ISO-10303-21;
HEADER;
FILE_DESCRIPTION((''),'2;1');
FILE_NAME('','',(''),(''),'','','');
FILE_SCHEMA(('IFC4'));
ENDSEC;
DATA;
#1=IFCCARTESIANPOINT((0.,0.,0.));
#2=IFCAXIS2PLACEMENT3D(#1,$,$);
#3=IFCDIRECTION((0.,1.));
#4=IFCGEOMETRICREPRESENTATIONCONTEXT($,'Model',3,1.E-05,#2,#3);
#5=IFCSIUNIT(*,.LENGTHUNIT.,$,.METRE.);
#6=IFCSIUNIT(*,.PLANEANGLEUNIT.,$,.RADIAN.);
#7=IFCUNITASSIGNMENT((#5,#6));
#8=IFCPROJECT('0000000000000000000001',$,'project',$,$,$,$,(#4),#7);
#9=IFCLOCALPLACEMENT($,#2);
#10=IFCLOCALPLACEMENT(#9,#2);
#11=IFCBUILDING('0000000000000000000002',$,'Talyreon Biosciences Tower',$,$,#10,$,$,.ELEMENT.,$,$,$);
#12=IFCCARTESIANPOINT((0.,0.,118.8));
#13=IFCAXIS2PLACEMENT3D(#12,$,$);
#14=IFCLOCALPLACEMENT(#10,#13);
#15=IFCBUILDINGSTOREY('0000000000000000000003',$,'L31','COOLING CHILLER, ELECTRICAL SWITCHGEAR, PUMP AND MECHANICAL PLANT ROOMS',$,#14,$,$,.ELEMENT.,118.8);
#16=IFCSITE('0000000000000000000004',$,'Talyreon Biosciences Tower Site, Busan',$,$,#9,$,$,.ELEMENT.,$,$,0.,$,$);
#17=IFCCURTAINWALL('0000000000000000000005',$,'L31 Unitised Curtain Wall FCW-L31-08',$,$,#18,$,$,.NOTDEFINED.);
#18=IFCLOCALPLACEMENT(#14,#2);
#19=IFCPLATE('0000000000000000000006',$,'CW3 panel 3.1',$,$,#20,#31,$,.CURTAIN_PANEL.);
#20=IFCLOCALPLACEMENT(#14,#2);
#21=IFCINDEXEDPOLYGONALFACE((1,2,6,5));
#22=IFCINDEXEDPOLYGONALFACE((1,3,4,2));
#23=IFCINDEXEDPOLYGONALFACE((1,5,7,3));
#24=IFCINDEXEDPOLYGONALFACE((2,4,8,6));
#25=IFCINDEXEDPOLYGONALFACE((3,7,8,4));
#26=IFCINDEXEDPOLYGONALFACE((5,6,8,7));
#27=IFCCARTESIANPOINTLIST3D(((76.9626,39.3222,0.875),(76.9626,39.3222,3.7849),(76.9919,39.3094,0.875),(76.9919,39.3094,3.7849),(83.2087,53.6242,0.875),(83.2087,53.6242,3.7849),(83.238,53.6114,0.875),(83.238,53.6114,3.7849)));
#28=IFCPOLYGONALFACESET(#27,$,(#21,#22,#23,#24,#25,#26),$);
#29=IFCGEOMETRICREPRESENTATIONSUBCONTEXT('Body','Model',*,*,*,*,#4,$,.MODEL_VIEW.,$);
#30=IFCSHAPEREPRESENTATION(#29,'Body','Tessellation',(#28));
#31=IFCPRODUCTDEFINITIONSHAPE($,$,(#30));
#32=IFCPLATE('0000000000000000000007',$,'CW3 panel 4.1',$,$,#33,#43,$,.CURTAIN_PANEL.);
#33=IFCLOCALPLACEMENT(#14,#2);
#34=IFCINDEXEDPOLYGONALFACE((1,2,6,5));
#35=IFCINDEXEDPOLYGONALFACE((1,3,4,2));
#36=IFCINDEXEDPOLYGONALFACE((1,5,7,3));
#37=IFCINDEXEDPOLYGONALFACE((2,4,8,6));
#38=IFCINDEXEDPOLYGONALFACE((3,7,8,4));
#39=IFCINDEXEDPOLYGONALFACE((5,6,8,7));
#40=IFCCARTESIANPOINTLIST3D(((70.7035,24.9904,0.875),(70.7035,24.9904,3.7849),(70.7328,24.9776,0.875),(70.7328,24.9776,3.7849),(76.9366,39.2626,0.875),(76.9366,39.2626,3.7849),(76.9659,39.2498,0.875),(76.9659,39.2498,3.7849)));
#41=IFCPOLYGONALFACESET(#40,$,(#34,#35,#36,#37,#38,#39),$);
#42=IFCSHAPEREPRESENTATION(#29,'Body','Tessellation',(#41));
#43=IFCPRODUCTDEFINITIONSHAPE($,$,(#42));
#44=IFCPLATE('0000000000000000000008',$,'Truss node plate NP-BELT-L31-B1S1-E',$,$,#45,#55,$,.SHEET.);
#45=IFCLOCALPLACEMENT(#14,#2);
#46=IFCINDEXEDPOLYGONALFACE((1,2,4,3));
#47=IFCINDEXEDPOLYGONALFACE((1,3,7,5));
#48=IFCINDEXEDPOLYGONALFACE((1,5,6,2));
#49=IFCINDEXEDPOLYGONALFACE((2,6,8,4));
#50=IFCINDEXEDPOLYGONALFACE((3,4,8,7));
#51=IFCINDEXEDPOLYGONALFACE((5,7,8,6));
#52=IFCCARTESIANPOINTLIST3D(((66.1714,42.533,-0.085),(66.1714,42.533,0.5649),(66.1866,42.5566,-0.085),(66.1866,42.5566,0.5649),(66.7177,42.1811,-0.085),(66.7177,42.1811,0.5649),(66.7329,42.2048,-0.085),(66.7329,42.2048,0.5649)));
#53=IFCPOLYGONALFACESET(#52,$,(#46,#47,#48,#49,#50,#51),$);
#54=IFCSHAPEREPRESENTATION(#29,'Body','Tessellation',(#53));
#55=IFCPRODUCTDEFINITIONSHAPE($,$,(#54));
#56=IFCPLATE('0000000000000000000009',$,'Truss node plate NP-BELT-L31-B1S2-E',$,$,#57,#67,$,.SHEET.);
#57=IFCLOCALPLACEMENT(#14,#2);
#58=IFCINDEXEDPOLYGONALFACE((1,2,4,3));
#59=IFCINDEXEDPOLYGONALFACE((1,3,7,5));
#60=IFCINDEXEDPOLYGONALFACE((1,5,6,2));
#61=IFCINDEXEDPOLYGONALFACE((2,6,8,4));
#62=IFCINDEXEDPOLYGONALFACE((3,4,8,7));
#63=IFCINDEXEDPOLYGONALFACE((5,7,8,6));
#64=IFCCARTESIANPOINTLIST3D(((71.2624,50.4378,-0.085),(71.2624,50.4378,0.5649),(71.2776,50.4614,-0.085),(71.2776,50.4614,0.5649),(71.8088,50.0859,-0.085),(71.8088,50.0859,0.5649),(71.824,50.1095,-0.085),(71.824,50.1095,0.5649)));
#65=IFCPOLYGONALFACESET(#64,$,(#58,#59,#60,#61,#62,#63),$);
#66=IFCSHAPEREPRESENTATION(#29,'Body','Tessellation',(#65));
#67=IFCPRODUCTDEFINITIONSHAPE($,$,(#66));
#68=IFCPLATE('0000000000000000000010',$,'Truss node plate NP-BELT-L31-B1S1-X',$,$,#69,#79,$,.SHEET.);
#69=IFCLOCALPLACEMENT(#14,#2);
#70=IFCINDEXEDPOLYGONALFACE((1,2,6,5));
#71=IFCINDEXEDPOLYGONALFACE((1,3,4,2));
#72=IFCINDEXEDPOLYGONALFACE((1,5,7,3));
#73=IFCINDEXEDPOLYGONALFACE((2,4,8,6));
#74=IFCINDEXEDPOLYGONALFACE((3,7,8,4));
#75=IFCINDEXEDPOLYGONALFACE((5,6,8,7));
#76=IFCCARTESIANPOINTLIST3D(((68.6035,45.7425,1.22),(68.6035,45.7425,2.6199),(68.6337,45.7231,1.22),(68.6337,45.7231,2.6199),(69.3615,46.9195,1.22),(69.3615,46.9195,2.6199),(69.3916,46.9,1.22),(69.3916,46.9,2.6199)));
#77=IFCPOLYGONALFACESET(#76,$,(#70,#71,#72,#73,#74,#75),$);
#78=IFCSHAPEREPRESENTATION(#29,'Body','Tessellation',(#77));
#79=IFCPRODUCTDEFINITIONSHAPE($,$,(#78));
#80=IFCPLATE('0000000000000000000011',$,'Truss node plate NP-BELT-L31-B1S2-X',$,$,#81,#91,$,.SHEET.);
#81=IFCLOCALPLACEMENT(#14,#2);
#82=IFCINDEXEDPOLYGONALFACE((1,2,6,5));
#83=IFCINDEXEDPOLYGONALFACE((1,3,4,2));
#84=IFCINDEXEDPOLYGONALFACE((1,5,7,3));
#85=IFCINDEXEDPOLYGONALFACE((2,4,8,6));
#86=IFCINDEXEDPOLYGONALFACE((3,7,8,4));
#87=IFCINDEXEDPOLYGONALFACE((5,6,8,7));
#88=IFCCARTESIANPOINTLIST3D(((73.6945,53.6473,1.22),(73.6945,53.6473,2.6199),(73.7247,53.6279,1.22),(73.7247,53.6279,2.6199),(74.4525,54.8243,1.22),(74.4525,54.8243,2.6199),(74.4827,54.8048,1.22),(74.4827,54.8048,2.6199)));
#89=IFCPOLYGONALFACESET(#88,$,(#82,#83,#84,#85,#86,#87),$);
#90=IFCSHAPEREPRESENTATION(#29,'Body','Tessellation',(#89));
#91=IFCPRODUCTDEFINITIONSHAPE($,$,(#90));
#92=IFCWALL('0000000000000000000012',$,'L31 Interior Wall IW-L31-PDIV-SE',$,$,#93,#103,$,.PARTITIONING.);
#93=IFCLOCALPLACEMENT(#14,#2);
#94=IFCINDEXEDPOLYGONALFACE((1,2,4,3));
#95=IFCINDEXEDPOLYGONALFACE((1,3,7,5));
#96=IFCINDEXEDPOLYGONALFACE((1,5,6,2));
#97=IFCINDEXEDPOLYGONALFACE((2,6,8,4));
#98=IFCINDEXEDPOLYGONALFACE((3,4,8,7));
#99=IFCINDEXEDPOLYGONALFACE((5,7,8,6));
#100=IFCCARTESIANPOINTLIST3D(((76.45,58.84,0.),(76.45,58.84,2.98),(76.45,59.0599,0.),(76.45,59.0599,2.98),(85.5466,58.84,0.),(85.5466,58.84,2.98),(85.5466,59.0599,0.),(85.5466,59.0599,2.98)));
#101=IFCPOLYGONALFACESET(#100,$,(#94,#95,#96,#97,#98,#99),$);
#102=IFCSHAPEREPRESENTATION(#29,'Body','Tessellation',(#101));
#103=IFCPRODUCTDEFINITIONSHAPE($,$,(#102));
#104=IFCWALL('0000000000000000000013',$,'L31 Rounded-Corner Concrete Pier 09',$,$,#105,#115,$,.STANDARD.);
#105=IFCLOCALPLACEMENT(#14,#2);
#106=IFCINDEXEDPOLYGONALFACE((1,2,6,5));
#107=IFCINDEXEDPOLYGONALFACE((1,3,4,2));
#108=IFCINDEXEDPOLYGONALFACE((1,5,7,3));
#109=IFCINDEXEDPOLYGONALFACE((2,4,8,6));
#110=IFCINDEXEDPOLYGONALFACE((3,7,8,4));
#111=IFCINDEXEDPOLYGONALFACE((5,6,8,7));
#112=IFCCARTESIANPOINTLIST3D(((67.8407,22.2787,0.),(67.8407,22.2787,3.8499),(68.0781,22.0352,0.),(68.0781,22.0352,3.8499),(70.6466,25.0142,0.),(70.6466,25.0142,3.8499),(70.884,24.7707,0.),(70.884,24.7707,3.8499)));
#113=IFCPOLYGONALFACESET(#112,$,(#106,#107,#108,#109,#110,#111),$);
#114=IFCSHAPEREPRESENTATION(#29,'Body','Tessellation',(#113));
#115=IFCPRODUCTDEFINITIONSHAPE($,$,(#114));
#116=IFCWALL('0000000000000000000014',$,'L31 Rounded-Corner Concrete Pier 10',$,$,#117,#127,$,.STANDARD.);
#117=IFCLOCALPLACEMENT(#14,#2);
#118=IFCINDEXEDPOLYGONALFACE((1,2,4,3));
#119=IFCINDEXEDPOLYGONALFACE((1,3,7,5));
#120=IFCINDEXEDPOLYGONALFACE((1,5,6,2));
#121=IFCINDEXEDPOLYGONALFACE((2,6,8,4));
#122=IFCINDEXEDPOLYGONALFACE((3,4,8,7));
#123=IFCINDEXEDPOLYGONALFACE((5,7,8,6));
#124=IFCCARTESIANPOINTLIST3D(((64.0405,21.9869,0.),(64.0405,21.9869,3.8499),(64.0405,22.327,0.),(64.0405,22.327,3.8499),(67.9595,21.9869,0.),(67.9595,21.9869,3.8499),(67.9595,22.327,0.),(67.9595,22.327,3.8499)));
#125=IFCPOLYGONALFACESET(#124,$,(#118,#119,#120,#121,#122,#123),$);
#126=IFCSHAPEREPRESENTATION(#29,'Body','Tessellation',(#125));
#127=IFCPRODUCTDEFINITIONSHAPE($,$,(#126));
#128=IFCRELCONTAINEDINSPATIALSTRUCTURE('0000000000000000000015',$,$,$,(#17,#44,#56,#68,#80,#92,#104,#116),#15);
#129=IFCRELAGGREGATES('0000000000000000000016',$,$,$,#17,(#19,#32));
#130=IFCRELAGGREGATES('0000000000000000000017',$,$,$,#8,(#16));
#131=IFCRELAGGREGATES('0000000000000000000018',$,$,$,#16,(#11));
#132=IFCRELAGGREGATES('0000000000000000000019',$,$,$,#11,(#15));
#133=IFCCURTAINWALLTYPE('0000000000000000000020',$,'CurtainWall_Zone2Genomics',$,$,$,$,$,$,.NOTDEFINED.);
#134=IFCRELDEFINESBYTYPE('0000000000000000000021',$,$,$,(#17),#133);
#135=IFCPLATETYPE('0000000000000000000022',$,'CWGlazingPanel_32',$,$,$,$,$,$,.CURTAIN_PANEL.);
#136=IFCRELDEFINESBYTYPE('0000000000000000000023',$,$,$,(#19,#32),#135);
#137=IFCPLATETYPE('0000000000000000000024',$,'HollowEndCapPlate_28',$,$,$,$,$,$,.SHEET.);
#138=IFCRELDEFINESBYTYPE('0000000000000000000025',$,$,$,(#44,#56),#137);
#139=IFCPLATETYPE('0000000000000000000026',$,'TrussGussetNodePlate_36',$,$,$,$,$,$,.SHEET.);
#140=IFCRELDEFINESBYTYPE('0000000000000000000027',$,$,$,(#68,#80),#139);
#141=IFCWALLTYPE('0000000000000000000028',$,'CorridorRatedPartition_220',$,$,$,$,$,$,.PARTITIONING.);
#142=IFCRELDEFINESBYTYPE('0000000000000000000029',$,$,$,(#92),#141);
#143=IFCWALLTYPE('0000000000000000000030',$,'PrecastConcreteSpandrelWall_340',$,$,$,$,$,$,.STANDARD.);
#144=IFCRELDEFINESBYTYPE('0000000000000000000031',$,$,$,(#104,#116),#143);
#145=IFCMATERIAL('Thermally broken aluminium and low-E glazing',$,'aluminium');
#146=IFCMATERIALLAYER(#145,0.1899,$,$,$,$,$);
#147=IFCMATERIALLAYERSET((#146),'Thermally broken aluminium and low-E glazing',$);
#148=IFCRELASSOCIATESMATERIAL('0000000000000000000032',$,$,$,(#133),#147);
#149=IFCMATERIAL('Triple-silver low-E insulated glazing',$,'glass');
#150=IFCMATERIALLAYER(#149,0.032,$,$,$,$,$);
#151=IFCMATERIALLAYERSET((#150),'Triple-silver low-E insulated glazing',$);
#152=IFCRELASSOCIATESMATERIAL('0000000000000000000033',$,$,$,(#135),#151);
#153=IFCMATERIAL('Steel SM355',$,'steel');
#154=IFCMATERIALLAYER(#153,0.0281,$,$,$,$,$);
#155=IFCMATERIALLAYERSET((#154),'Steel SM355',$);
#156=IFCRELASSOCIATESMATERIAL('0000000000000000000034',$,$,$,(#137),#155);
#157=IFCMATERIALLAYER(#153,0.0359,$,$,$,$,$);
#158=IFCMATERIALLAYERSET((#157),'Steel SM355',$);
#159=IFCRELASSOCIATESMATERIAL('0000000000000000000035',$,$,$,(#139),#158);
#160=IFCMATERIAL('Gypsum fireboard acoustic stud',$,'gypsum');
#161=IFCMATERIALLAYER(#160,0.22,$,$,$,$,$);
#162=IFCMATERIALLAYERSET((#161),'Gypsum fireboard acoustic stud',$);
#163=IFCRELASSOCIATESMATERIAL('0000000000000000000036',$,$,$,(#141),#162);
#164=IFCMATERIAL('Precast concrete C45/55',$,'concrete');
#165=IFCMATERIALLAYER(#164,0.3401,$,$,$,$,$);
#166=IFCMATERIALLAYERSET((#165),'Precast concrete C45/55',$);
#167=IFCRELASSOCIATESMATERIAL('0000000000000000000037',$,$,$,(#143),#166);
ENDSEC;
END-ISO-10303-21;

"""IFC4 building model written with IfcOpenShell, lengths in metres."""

from ifc_helpers import new_model, si_unit, direction, frame, frame_2d, origin, origin_2d, place, context, subcontext, project, spatial, rectangle, extrude, material, layer, layer_set, type_object, element, aggregate, save


model = new_model("IFC4")

# Units and contexts
model_context = context("Model", 3, precision=1e-05, world=origin(), true_north=direction((0.0, 1.0)))
body_context = subcontext(model_context, "Body", "Model", "MODEL_VIEW")
ifc_project = project(units=[si_unit("LENGTHUNIT", "METRE"), si_unit("PLANEANGLEUNIT", "RADIAN")], contexts=[model_context])

# Site, building, storey
site_placement = place(None, origin())
site = spatial("IfcSite", under=ifc_project, at=site_placement, Name="Talyreon Biosciences Tower Site, Busan", CompositionType="ELEMENT", RefElevation=0.0)
building_placement = place(site_placement, origin())
building = spatial("IfcBuilding", under=site, at=building_placement, Name="Talyreon Biosciences Tower", CompositionType="ELEMENT")
storey_placement = place(building_placement, frame((0.0, 0.0, 118.8)))
storey = spatial("IfcBuildingStorey", under=building, at=storey_placement, Name="L31", Description="COOLING CHILLER, ELECTRICAL SWITCHGEAR, PUMP AND MECHANICAL PLANT ROOMS", CompositionType="ELEMENT", Elevation=118.8)

# Shared definitions
ifc_material_1 = material(Name="Precast concrete C45/55", Category="concrete")

# Shared definitions
ifc_material_2 = material(Name="Steel SM355", Category="steel")

# Curtain wall
ifc_material_3 = material(Name="Thermally broken aluminium and low-E glazing", Category="aluminium")
ifc_layer_1 = layer(ifc_material_3, 0.1899)
ifc_layer_set_1 = layer_set([ifc_layer_1], Name="Thermally broken aluminium and low-E glazing")
curtain_wall_type = type_object("IfcCurtainWallType", Name="CurtainWall_Zone2Genomics", PredefinedType="NOTDEFINED", material=ifc_layer_set_1)
curtain_wall_placement = place(storey_placement, origin())
curtain_wall = element("IfcCurtainWall", 1, at=curtain_wall_placement, inside=storey, type_object=curtain_wall_type, Name="L31 Unitised Curtain Wall FCW-L31-08", PredefinedType="NOTDEFINED")

# Plates
ifc_material_4 = material(Name="Triple-silver low-E insulated glazing", Category="glass")
ifc_layer_2 = layer(ifc_material_4, 0.032)
ifc_layer_set_2 = layer_set([ifc_layer_2], Name="Triple-silver low-E insulated glazing")
plate_type_1 = type_object("IfcPlateType", Name="CWGlazingPanel_32", PredefinedType="CURTAIN_PANEL", material=ifc_layer_set_2)
plate_1_placement = place(storey_placement, frame((80.1003, 46.4668, 0.875), z_axis=(0.0, 0.0, 1.0), x_axis=(-0.400226, -0.916416, 0.0)))
plate_1 = element("IfcPlate", 2, at=plate_1_placement, type_object=plate_type_1, Name="CW3 panel 3.1", PredefinedType="CURTAIN_PANEL", context=body_context, shape_type="SweptSolid", body=[
    extrude(rectangle(XDim=15.6064, YDim=0.032, at=origin_2d()), origin(), (0.0, 0.0, 1.0), 2.9099),
])
plate_2_placement = place(storey_placement, frame((73.8347, 32.1201, 0.875), z_axis=(0.0, 0.0, 1.0), x_axis=(-0.400226, -0.916416, 0.0)))
plate_2 = element("IfcPlate", 3, at=plate_2_placement, type_object=plate_type_1, Name="CW3 panel 4.1", PredefinedType="CURTAIN_PANEL", context=body_context, shape_type="SweptSolid", body=[
    extrude(rectangle(XDim=15.574, YDim=0.032, at=origin_2d()), origin(), (0.0, 0.0, 1.0), 2.9099),
])
aggregate(curtain_wall, [plate_1, plate_2])

# Plates
ifc_layer_3 = layer(ifc_material_2, 0.0281)
ifc_layer_set_3 = layer_set([ifc_layer_3], Name="Steel SM355")
plate_type_2 = type_object("IfcPlateType", Name="HollowEndCapPlate_28", PredefinedType="SHEET", material=ifc_layer_set_3)
for number, where, z_axis, x_axis, name in (
    (4, (66.4521, 42.3689, -0.085), (0.0, 0.0, 1.0), (-0.840727, 0.541459, 0.0), "Truss node plate NP-BELT-L31-B1S1-E"),
    (5, (71.5432, 50.2737, -0.085), (0.0, 0.0, 1.0), (-0.840727, 0.541459, 0.0), "Truss node plate NP-BELT-L31-B1S2-E"),
):
    element("IfcPlate", number, at=place(storey_placement, frame(where, z_axis=z_axis, x_axis=x_axis)), inside=storey, type_object=plate_type_2, Name=name, PredefinedType="SHEET", context=body_context, shape_type="SweptSolid", body=[
        extrude(rectangle(XDim=0.6499, YDim=0.0281, at=origin_2d()), origin(), (0.0, 0.0, 1.0), 0.6499),
    ])
ifc_layer_4 = layer(ifc_material_2, 0.0359)
ifc_layer_set_4 = layer_set([ifc_layer_4], Name="Steel SM355")
plate_type_3 = type_object("IfcPlateType", Name="TrussGussetNodePlate_36", PredefinedType="SHEET", material=ifc_layer_set_4)
for number, where, z_axis, x_axis, name in (
    (6, (68.9976, 46.3213, 1.22), (0.0, 0.0, 1.0), (0.541459, 0.840727, 0.0), "Truss node plate NP-BELT-L31-B1S1-X"),
    (7, (74.0886, 54.2261, 1.22), (0.0, 0.0, 1.0), (0.541459, 0.840727, 0.0), "Truss node plate NP-BELT-L31-B1S2-X"),
):
    element("IfcPlate", number, at=place(storey_placement, frame(where, z_axis=z_axis, x_axis=x_axis)), inside=storey, type_object=plate_type_3, Name=name, PredefinedType="SHEET", context=body_context, shape_type="SweptSolid", body=[
        extrude(rectangle(XDim=1.3999, YDim=0.0359, at=origin_2d()), origin(), (0.0, 0.0, 1.0), 1.3999),
    ])

# Walls
ifc_material_5 = material(Name="Gypsum fireboard acoustic stud", Category="gypsum")
ifc_layer_5 = layer(ifc_material_5, 0.22)
ifc_layer_set_5 = layer_set([ifc_layer_5], Name="Gypsum fireboard acoustic stud")
wall_type_1 = type_object("IfcWallType", Name="CorridorRatedPartition_220", PredefinedType="PARTITIONING", material=ifc_layer_set_5)
wall_1_placement = place(storey_placement, frame((76.45, 58.95, 0.0), z_axis=(0.0, 0.0, 1.0), x_axis=(1.0, 0.0, 0.0)))
element("IfcWall", 8, at=wall_1_placement, inside=storey, type_object=wall_type_1, Name="L31 Interior Wall IW-L31-PDIV-SE", PredefinedType="PARTITIONING", context=body_context, shape_type="SweptSolid", body=[
    extrude(rectangle(XDim=9.0967, YDim=0.22, at=frame_2d((4.5483, 0.0))), origin(), (0.0, 0.0, 1.0), 2.98),
])
ifc_layer_6 = layer(ifc_material_1, 0.3401)
ifc_layer_set_6 = layer_set([ifc_layer_6], Name="Precast concrete C45/55")
wall_type_2 = type_object("IfcWallType", Name="PrecastConcreteSpandrelWall_340", PredefinedType="STANDARD", material=ifc_layer_set_6)
wall_2_placement = place(storey_placement, frame((70.7654, 24.8926, 0.0), z_axis=(0.0, 0.0, 1.0), x_axis=(-0.716021, -0.698079, 0.0)))
element("IfcWall", 9, at=wall_2_placement, inside=storey, type_object=wall_type_2, Name="L31 Rounded-Corner Concrete Pier 09", PredefinedType="STANDARD", context=body_context, shape_type="SweptSolid", body=[
    extrude(rectangle(XDim=3.9187, YDim=0.3401, at=frame_2d((1.9595, 0.0))), origin(), (0.0, 0.0, 1.0), 3.8499),
])
wall_3_placement = place(storey_placement, frame((67.9595, 22.157, 0.0), z_axis=(0.0, 0.0, 1.0), x_axis=(-1.0, 0.0, 0.0)))
element("IfcWall", 10, at=wall_3_placement, inside=storey, type_object=wall_type_2, Name="L31 Rounded-Corner Concrete Pier 10", PredefinedType="STANDARD", context=body_context, shape_type="SweptSolid", body=[
    extrude(rectangle(XDim=3.9189, YDim=0.3401, at=frame_2d((1.9595, 0.0))), origin(), (0.0, 0.0, 1.0), 3.8499),
])

save(model, "model.ifc")
